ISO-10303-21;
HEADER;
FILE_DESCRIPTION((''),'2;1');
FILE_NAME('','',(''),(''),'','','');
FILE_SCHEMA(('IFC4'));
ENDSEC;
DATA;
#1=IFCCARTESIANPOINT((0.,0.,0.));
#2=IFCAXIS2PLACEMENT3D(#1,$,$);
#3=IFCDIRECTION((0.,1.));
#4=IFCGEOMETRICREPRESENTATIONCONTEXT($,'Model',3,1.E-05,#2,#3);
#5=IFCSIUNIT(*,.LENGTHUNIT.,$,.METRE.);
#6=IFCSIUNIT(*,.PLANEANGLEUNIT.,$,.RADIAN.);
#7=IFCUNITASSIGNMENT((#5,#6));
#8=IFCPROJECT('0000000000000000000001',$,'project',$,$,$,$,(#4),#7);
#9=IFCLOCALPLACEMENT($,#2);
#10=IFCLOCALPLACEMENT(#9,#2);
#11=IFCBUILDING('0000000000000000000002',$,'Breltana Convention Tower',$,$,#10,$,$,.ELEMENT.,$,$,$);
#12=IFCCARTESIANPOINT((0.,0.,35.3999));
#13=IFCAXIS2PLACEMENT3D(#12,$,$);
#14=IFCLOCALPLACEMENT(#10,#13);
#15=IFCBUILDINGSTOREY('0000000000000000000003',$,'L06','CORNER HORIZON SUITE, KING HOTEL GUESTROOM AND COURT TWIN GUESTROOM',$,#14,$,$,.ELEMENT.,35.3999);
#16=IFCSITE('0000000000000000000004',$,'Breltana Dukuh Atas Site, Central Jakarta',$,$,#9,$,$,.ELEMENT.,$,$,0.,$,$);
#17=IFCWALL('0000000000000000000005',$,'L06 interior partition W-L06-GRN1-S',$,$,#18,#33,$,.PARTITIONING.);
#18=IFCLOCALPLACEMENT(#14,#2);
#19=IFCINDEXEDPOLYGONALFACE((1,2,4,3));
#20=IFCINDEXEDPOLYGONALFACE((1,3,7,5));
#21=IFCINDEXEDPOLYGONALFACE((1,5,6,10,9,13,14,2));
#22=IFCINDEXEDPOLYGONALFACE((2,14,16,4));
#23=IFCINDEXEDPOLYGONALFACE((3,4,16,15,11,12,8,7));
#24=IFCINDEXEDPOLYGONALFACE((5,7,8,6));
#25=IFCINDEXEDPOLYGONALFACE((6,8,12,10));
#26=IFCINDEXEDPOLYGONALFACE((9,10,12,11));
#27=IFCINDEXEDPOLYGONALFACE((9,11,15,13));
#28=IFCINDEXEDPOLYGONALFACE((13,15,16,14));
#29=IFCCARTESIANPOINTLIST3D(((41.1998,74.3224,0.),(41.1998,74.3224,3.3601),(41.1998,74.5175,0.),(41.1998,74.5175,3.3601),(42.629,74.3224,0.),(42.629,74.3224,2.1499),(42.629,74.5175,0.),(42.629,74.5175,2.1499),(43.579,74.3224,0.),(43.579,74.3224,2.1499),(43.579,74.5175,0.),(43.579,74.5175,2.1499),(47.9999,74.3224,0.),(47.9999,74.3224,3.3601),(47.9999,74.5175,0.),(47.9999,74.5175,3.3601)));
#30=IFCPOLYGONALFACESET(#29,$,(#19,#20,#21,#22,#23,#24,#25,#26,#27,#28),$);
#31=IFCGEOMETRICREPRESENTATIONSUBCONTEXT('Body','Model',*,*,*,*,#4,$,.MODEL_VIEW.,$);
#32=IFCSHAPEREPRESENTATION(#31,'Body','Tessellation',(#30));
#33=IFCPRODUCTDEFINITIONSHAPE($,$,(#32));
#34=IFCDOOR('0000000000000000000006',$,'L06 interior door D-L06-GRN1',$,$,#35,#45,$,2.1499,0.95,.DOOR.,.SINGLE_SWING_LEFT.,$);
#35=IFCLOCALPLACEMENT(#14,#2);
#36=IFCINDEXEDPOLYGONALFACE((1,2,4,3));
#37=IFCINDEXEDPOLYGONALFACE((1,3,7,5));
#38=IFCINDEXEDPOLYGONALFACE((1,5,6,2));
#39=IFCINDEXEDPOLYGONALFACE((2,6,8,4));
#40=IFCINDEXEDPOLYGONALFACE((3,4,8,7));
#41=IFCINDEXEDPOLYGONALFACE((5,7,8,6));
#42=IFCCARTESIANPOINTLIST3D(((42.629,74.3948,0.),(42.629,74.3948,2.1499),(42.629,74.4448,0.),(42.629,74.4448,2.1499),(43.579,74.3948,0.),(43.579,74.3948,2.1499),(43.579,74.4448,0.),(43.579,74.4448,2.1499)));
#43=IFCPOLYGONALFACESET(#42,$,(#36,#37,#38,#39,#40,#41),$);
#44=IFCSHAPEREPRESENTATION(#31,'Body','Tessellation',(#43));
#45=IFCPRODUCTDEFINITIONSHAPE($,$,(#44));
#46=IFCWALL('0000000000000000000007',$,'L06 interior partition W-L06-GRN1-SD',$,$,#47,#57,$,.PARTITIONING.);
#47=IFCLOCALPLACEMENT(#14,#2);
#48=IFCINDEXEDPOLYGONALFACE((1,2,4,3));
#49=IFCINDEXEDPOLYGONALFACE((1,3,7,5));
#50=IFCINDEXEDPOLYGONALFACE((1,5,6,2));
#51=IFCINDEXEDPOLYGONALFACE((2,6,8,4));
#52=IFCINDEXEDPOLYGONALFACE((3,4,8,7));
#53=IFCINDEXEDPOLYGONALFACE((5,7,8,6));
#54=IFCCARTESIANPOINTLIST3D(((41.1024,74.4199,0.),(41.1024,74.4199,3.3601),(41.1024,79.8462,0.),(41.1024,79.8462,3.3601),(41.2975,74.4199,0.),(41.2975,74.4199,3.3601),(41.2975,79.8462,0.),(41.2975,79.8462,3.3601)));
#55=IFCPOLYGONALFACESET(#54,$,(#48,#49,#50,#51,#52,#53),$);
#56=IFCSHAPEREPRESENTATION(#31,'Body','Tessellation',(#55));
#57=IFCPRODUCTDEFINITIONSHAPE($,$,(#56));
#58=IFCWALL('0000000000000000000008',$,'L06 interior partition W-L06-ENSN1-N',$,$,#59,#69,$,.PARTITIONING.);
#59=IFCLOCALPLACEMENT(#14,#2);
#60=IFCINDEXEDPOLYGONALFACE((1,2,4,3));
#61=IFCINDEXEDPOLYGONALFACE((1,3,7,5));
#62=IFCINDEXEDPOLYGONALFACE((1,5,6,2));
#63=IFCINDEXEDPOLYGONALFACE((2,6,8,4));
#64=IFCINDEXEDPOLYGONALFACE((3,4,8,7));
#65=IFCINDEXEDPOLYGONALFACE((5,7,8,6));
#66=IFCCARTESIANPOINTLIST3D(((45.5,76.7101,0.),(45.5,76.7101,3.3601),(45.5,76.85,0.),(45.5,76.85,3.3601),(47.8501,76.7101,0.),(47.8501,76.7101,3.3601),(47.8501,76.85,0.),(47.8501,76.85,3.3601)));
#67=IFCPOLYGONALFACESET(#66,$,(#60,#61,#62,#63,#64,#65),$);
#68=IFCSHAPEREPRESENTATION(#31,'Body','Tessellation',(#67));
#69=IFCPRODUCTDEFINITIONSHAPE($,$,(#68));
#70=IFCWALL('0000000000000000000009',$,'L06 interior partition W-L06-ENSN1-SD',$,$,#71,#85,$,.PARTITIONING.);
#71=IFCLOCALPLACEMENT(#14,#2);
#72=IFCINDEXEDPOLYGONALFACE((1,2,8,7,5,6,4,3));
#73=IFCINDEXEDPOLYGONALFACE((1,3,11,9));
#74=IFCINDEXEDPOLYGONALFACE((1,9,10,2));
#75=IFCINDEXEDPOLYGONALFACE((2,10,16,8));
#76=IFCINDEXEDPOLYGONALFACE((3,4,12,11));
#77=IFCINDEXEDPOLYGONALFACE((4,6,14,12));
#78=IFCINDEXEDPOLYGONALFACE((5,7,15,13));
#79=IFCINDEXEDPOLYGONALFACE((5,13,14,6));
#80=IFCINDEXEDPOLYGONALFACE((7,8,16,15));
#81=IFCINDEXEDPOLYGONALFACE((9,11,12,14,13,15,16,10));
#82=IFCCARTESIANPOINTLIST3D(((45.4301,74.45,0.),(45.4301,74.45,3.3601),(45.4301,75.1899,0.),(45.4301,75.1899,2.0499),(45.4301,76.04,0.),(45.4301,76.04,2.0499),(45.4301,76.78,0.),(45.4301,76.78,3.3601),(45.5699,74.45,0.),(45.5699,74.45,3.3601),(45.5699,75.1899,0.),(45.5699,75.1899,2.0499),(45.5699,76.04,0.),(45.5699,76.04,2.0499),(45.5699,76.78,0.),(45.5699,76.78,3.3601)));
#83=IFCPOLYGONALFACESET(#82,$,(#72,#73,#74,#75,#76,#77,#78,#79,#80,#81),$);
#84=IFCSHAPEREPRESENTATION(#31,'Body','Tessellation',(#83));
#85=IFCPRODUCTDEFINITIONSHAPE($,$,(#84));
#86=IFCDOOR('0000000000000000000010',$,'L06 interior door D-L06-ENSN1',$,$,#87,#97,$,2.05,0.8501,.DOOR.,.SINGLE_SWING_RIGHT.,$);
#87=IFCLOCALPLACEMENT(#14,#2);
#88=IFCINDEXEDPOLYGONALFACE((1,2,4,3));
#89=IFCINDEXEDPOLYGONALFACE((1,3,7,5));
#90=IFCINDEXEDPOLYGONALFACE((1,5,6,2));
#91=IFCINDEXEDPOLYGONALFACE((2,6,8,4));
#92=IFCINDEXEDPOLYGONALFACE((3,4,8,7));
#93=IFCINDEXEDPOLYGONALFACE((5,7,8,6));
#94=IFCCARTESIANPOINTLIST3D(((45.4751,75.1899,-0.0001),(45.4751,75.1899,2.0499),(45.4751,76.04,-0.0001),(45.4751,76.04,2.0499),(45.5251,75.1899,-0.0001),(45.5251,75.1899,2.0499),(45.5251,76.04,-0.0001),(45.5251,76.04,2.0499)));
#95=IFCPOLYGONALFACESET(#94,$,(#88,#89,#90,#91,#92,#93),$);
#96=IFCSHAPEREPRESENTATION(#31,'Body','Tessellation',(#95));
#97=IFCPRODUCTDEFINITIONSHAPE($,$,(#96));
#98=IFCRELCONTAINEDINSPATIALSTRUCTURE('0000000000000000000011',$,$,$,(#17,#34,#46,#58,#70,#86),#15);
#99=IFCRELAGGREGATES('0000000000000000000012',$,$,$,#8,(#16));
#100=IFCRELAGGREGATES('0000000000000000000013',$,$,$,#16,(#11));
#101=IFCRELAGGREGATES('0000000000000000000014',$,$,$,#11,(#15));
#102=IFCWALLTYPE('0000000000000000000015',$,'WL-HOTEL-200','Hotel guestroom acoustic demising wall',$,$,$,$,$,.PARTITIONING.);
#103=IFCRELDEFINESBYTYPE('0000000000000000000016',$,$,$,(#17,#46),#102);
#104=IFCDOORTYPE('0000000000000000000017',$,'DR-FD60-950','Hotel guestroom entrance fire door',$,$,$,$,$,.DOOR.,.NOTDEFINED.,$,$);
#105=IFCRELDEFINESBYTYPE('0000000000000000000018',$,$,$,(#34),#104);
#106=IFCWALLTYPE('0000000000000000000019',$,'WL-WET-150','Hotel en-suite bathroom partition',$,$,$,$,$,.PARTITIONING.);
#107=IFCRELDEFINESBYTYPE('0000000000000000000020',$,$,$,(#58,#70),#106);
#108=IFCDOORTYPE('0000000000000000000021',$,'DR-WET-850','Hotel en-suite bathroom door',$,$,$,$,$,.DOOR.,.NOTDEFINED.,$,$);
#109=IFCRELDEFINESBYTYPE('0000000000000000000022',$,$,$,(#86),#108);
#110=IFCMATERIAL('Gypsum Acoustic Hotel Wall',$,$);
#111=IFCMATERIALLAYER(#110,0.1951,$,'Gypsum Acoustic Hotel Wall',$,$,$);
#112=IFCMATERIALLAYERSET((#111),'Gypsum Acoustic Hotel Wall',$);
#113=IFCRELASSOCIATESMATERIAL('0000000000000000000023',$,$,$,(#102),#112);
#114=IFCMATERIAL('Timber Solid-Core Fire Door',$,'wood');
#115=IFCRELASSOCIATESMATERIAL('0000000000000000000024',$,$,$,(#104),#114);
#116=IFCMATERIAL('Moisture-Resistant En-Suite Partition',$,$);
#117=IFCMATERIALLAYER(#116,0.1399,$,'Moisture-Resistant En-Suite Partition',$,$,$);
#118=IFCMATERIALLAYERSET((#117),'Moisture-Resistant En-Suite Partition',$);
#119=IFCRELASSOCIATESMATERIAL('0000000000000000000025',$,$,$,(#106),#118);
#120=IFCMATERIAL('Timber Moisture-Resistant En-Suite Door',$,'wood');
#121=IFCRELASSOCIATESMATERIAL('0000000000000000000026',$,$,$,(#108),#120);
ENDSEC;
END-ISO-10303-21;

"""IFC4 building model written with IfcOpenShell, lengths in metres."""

from ifc_helpers import new_model, si_unit, direction, frame, frame_2d, origin, place, context, subcontext, project, spatial, rectangle, extrude, source, transform, mapped, material, layer, layer_set, type_object, type_shapes, element, fill, save


model = new_model("IFC4")

# Units and contexts
model_context = context("Model", 3, precision=1e-05, world=origin(), true_north=direction((0.0, 1.0)))
body_context = subcontext(model_context, "Body", "Model", "MODEL_VIEW")
ifc_project = project(units=[si_unit("LENGTHUNIT", "METRE"), si_unit("PLANEANGLEUNIT", "RADIAN")], contexts=[model_context])

# Site, building, storey
site_placement = place(None, origin())
site = spatial("IfcSite", under=ifc_project, at=site_placement, Name="Breltana Dukuh Atas Site, Central Jakarta", CompositionType="ELEMENT", RefElevation=0.0)
building_placement = place(site_placement, origin())
building = spatial("IfcBuilding", under=site, at=building_placement, Name="Breltana Convention Tower", CompositionType="ELEMENT")
storey_placement = place(building_placement, frame((0.0, 0.0, 35.3999)))
storey = spatial("IfcBuildingStorey", under=building, at=storey_placement, Name="L06", Description="CORNER HORIZON SUITE, KING HOTEL GUESTROOM AND COURT TWIN GUESTROOM", CompositionType="ELEMENT", Elevation=35.3999)

# Wall, opening, door
ifc_material_1 = material(Name="Gypsum Acoustic Hotel Wall")
ifc_layer_1 = layer(ifc_material_1, 0.1951, Name="Gypsum Acoustic Hotel Wall")
ifc_layer_set_1 = layer_set([ifc_layer_1], Name="Gypsum Acoustic Hotel Wall")
wall_type_1 = type_object("IfcWallType", Name="WL-HOTEL-200", Description="Hotel guestroom acoustic demising wall", PredefinedType="PARTITIONING", material=ifc_layer_set_1)
shared_shape_1 = source(origin(), body_context, "Body", "SweptSolid", [
    extrude(rectangle(XDim=6.8, YDim=0.1951, at=frame_2d((3.3999, 0.0))), origin(), (0.0, 0.0, 1.0), 3.3601),
])
type_shapes(wall_type_1, [shared_shape_1])
wall_1_placement = place(storey_placement, frame((41.2, 74.4199, 0.0), z_axis=(0.0, 0.0, 1.0), x_axis=(1.0, 0.0, 0.0)))
wall_1 = element("IfcWall", 1, at=wall_1_placement, inside=storey, type_object=wall_type_1, Name="L06 interior partition W-L06-GRN1-S", PredefinedType="PARTITIONING", context=body_context, shape_type="MappedRepresentation", body=[
    mapped(shared_shape_1, transform((0.0, 0.0, 0.0), scale=1.0)),
])
opening_1_placement = place(wall_1_placement, frame((1.429, 0.0, 0.0)))
opening_1 = element("IfcOpeningElement", 2, at=opening_1_placement, cuts=wall_1, PredefinedType="OPENING", context=body_context, shape_type="SweptSolid", body=[
    extrude(rectangle(XDim=0.95, YDim=2.1499, at=frame_2d((0.4751, 1.075))), frame((0.0, 0.1074, 0.0), z_axis=(0.0, -1.0, 0.0), x_axis=(1.0, 0.0, 0.0)), (0.0, 0.0, 1.0), 0.2151),
])
ifc_material_2 = material(Name="Timber Solid-Core Fire Door", Category="wood")
door_type_1 = type_object("IfcDoorType", Name="DR-FD60-950", Description="Hotel guestroom entrance fire door", OperationType="NOTDEFINED", PredefinedType="DOOR", material=ifc_material_2)
shared_shape_2 = source(origin(), body_context, "Body", "SweptSolid", [
    extrude(rectangle(XDim=0.95, YDim=2.1499, at=frame_2d((0.4751, 1.075))), frame((0.0, 0.0249, 0.0), z_axis=(0.0, -1.0, 0.0), x_axis=(1.0, 0.0, 0.0)), (0.0, 0.0, 1.0), 0.05),
])
type_shapes(door_type_1, [shared_shape_2])
door_1_placement = place(opening_1_placement, origin())
door_1 = element("IfcDoor", 3, at=door_1_placement, inside=storey, type_object=door_type_1, Name="L06 interior door D-L06-GRN1", OperationType="SINGLE_SWING_LEFT", OverallHeight=2.1499, OverallWidth=0.95, PredefinedType="DOOR", context=body_context, shape_type="MappedRepresentation", body=[
    mapped(shared_shape_2, transform((0.0, 0.0, 0.0), scale=1.0)),
])
fill(opening_1, door_1)

# Walls
shared_shape_3 = source(origin(), body_context, "Body", "SweptSolid", [
    extrude(rectangle(XDim=5.4263, YDim=0.1951, at=frame_2d((2.7131, 0.0))), origin(), (0.0, 0.0, 1.0), 3.3601),
])
wall_2_placement = place(storey_placement, frame((41.2, 74.4199, 0.0), z_axis=(0.0, 0.0, 1.0), x_axis=(0.0, 1.0, 0.0)))
element("IfcWall", 4, at=wall_2_placement, inside=storey, type_object=wall_type_1, Name="L06 interior partition W-L06-GRN1-SD", PredefinedType="PARTITIONING", context=body_context, shape_type="MappedRepresentation", body=[
    mapped(shared_shape_3, transform((0.0, 0.0, 0.0), scale=1.0)),
])
ifc_material_3 = material(Name="Moisture-Resistant En-Suite Partition")
ifc_layer_2 = layer(ifc_material_3, 0.1399, Name="Moisture-Resistant En-Suite Partition")
ifc_layer_set_2 = layer_set([ifc_layer_2], Name="Moisture-Resistant En-Suite Partition")
wall_type_2 = type_object("IfcWallType", Name="WL-WET-150", Description="Hotel en-suite bathroom partition", PredefinedType="PARTITIONING", material=ifc_layer_set_2)
shared_shape_4 = source(origin(), body_context, "Body", "SweptSolid", [
    extrude(rectangle(XDim=2.3501, YDim=0.1399, at=frame_2d((1.175, 0.0))), origin(), (0.0, 0.0, 1.0), 3.3601),
])
type_shapes(wall_type_2, [shared_shape_4])
wall_3_placement = place(storey_placement, frame((45.5, 76.78, 0.0), z_axis=(0.0, 0.0, 1.0), x_axis=(1.0, 0.0, 0.0)))
element("IfcWall", 5, at=wall_3_placement, inside=storey, type_object=wall_type_2, Name="L06 interior partition W-L06-ENSN1-N", PredefinedType="PARTITIONING", context=body_context, shape_type="MappedRepresentation", body=[
    mapped(shared_shape_4, transform((0.0, 0.0, 0.0), scale=1.0)),
])

# Wall, opening, door
shared_shape_5 = source(origin(), body_context, "Body", "SweptSolid", [
    extrude(rectangle(XDim=2.3301, YDim=0.1399, at=frame_2d((1.165, 0.0))), origin(), (0.0, 0.0, 1.0), 3.3601),
])
wall_4_placement = place(storey_placement, frame((45.5, 74.45, 0.0), z_axis=(0.0, 0.0, 1.0), x_axis=(0.0, 1.0, 0.0)))
wall_4 = element("IfcWall", 6, at=wall_4_placement, inside=storey, type_object=wall_type_2, Name="L06 interior partition W-L06-ENSN1-SD", PredefinedType="PARTITIONING", context=body_context, shape_type="MappedRepresentation", body=[
    mapped(shared_shape_5, transform((0.0, 0.0, 0.0), scale=1.0)),
])
opening_2_placement = place(wall_4_placement, frame((0.74, 0.0, 0.0)))
opening_2 = element("IfcOpeningElement", 7, at=opening_2_placement, cuts=wall_4, PredefinedType="OPENING", context=body_context, shape_type="SweptSolid", body=[
    extrude(rectangle(XDim=0.8501, YDim=2.05, at=frame_2d((0.425, 1.0249))), frame((0.0, 0.0801, 0.0), z_axis=(0.0, -1.0, 0.0), x_axis=(1.0, 0.0, 0.0)), (0.0, 0.0, 1.0), 0.1599),
])
ifc_material_4 = material(Name="Timber Moisture-Resistant En-Suite Door", Category="wood")
door_type_2 = type_object("IfcDoorType", Name="DR-WET-850", Description="Hotel en-suite bathroom door", OperationType="NOTDEFINED", PredefinedType="DOOR", material=ifc_material_4)
shared_shape_6 = source(origin(), body_context, "Body", "SweptSolid", [
    extrude(rectangle(XDim=0.8501, YDim=2.05, at=frame_2d((0.425, 1.0249))), frame((0.0, 0.0249, 0.0), z_axis=(0.0, -1.0, 0.0), x_axis=(1.0, 0.0, 0.0)), (0.0, 0.0, 1.0), 0.05),
])
type_shapes(door_type_2, [shared_shape_6])
door_2_placement = place(opening_2_placement, origin())
door_2 = element("IfcDoor", 8, at=door_2_placement, inside=storey, type_object=door_type_2, Name="L06 interior door D-L06-ENSN1", OperationType="SINGLE_SWING_RIGHT", OverallHeight=2.05, OverallWidth=0.8501, PredefinedType="DOOR", context=body_context, shape_type="MappedRepresentation", body=[
    mapped(shared_shape_6, transform((0.0, 0.0, 0.0), scale=1.0)),
])
fill(opening_2, door_2)

save(model, "model.ifc")
